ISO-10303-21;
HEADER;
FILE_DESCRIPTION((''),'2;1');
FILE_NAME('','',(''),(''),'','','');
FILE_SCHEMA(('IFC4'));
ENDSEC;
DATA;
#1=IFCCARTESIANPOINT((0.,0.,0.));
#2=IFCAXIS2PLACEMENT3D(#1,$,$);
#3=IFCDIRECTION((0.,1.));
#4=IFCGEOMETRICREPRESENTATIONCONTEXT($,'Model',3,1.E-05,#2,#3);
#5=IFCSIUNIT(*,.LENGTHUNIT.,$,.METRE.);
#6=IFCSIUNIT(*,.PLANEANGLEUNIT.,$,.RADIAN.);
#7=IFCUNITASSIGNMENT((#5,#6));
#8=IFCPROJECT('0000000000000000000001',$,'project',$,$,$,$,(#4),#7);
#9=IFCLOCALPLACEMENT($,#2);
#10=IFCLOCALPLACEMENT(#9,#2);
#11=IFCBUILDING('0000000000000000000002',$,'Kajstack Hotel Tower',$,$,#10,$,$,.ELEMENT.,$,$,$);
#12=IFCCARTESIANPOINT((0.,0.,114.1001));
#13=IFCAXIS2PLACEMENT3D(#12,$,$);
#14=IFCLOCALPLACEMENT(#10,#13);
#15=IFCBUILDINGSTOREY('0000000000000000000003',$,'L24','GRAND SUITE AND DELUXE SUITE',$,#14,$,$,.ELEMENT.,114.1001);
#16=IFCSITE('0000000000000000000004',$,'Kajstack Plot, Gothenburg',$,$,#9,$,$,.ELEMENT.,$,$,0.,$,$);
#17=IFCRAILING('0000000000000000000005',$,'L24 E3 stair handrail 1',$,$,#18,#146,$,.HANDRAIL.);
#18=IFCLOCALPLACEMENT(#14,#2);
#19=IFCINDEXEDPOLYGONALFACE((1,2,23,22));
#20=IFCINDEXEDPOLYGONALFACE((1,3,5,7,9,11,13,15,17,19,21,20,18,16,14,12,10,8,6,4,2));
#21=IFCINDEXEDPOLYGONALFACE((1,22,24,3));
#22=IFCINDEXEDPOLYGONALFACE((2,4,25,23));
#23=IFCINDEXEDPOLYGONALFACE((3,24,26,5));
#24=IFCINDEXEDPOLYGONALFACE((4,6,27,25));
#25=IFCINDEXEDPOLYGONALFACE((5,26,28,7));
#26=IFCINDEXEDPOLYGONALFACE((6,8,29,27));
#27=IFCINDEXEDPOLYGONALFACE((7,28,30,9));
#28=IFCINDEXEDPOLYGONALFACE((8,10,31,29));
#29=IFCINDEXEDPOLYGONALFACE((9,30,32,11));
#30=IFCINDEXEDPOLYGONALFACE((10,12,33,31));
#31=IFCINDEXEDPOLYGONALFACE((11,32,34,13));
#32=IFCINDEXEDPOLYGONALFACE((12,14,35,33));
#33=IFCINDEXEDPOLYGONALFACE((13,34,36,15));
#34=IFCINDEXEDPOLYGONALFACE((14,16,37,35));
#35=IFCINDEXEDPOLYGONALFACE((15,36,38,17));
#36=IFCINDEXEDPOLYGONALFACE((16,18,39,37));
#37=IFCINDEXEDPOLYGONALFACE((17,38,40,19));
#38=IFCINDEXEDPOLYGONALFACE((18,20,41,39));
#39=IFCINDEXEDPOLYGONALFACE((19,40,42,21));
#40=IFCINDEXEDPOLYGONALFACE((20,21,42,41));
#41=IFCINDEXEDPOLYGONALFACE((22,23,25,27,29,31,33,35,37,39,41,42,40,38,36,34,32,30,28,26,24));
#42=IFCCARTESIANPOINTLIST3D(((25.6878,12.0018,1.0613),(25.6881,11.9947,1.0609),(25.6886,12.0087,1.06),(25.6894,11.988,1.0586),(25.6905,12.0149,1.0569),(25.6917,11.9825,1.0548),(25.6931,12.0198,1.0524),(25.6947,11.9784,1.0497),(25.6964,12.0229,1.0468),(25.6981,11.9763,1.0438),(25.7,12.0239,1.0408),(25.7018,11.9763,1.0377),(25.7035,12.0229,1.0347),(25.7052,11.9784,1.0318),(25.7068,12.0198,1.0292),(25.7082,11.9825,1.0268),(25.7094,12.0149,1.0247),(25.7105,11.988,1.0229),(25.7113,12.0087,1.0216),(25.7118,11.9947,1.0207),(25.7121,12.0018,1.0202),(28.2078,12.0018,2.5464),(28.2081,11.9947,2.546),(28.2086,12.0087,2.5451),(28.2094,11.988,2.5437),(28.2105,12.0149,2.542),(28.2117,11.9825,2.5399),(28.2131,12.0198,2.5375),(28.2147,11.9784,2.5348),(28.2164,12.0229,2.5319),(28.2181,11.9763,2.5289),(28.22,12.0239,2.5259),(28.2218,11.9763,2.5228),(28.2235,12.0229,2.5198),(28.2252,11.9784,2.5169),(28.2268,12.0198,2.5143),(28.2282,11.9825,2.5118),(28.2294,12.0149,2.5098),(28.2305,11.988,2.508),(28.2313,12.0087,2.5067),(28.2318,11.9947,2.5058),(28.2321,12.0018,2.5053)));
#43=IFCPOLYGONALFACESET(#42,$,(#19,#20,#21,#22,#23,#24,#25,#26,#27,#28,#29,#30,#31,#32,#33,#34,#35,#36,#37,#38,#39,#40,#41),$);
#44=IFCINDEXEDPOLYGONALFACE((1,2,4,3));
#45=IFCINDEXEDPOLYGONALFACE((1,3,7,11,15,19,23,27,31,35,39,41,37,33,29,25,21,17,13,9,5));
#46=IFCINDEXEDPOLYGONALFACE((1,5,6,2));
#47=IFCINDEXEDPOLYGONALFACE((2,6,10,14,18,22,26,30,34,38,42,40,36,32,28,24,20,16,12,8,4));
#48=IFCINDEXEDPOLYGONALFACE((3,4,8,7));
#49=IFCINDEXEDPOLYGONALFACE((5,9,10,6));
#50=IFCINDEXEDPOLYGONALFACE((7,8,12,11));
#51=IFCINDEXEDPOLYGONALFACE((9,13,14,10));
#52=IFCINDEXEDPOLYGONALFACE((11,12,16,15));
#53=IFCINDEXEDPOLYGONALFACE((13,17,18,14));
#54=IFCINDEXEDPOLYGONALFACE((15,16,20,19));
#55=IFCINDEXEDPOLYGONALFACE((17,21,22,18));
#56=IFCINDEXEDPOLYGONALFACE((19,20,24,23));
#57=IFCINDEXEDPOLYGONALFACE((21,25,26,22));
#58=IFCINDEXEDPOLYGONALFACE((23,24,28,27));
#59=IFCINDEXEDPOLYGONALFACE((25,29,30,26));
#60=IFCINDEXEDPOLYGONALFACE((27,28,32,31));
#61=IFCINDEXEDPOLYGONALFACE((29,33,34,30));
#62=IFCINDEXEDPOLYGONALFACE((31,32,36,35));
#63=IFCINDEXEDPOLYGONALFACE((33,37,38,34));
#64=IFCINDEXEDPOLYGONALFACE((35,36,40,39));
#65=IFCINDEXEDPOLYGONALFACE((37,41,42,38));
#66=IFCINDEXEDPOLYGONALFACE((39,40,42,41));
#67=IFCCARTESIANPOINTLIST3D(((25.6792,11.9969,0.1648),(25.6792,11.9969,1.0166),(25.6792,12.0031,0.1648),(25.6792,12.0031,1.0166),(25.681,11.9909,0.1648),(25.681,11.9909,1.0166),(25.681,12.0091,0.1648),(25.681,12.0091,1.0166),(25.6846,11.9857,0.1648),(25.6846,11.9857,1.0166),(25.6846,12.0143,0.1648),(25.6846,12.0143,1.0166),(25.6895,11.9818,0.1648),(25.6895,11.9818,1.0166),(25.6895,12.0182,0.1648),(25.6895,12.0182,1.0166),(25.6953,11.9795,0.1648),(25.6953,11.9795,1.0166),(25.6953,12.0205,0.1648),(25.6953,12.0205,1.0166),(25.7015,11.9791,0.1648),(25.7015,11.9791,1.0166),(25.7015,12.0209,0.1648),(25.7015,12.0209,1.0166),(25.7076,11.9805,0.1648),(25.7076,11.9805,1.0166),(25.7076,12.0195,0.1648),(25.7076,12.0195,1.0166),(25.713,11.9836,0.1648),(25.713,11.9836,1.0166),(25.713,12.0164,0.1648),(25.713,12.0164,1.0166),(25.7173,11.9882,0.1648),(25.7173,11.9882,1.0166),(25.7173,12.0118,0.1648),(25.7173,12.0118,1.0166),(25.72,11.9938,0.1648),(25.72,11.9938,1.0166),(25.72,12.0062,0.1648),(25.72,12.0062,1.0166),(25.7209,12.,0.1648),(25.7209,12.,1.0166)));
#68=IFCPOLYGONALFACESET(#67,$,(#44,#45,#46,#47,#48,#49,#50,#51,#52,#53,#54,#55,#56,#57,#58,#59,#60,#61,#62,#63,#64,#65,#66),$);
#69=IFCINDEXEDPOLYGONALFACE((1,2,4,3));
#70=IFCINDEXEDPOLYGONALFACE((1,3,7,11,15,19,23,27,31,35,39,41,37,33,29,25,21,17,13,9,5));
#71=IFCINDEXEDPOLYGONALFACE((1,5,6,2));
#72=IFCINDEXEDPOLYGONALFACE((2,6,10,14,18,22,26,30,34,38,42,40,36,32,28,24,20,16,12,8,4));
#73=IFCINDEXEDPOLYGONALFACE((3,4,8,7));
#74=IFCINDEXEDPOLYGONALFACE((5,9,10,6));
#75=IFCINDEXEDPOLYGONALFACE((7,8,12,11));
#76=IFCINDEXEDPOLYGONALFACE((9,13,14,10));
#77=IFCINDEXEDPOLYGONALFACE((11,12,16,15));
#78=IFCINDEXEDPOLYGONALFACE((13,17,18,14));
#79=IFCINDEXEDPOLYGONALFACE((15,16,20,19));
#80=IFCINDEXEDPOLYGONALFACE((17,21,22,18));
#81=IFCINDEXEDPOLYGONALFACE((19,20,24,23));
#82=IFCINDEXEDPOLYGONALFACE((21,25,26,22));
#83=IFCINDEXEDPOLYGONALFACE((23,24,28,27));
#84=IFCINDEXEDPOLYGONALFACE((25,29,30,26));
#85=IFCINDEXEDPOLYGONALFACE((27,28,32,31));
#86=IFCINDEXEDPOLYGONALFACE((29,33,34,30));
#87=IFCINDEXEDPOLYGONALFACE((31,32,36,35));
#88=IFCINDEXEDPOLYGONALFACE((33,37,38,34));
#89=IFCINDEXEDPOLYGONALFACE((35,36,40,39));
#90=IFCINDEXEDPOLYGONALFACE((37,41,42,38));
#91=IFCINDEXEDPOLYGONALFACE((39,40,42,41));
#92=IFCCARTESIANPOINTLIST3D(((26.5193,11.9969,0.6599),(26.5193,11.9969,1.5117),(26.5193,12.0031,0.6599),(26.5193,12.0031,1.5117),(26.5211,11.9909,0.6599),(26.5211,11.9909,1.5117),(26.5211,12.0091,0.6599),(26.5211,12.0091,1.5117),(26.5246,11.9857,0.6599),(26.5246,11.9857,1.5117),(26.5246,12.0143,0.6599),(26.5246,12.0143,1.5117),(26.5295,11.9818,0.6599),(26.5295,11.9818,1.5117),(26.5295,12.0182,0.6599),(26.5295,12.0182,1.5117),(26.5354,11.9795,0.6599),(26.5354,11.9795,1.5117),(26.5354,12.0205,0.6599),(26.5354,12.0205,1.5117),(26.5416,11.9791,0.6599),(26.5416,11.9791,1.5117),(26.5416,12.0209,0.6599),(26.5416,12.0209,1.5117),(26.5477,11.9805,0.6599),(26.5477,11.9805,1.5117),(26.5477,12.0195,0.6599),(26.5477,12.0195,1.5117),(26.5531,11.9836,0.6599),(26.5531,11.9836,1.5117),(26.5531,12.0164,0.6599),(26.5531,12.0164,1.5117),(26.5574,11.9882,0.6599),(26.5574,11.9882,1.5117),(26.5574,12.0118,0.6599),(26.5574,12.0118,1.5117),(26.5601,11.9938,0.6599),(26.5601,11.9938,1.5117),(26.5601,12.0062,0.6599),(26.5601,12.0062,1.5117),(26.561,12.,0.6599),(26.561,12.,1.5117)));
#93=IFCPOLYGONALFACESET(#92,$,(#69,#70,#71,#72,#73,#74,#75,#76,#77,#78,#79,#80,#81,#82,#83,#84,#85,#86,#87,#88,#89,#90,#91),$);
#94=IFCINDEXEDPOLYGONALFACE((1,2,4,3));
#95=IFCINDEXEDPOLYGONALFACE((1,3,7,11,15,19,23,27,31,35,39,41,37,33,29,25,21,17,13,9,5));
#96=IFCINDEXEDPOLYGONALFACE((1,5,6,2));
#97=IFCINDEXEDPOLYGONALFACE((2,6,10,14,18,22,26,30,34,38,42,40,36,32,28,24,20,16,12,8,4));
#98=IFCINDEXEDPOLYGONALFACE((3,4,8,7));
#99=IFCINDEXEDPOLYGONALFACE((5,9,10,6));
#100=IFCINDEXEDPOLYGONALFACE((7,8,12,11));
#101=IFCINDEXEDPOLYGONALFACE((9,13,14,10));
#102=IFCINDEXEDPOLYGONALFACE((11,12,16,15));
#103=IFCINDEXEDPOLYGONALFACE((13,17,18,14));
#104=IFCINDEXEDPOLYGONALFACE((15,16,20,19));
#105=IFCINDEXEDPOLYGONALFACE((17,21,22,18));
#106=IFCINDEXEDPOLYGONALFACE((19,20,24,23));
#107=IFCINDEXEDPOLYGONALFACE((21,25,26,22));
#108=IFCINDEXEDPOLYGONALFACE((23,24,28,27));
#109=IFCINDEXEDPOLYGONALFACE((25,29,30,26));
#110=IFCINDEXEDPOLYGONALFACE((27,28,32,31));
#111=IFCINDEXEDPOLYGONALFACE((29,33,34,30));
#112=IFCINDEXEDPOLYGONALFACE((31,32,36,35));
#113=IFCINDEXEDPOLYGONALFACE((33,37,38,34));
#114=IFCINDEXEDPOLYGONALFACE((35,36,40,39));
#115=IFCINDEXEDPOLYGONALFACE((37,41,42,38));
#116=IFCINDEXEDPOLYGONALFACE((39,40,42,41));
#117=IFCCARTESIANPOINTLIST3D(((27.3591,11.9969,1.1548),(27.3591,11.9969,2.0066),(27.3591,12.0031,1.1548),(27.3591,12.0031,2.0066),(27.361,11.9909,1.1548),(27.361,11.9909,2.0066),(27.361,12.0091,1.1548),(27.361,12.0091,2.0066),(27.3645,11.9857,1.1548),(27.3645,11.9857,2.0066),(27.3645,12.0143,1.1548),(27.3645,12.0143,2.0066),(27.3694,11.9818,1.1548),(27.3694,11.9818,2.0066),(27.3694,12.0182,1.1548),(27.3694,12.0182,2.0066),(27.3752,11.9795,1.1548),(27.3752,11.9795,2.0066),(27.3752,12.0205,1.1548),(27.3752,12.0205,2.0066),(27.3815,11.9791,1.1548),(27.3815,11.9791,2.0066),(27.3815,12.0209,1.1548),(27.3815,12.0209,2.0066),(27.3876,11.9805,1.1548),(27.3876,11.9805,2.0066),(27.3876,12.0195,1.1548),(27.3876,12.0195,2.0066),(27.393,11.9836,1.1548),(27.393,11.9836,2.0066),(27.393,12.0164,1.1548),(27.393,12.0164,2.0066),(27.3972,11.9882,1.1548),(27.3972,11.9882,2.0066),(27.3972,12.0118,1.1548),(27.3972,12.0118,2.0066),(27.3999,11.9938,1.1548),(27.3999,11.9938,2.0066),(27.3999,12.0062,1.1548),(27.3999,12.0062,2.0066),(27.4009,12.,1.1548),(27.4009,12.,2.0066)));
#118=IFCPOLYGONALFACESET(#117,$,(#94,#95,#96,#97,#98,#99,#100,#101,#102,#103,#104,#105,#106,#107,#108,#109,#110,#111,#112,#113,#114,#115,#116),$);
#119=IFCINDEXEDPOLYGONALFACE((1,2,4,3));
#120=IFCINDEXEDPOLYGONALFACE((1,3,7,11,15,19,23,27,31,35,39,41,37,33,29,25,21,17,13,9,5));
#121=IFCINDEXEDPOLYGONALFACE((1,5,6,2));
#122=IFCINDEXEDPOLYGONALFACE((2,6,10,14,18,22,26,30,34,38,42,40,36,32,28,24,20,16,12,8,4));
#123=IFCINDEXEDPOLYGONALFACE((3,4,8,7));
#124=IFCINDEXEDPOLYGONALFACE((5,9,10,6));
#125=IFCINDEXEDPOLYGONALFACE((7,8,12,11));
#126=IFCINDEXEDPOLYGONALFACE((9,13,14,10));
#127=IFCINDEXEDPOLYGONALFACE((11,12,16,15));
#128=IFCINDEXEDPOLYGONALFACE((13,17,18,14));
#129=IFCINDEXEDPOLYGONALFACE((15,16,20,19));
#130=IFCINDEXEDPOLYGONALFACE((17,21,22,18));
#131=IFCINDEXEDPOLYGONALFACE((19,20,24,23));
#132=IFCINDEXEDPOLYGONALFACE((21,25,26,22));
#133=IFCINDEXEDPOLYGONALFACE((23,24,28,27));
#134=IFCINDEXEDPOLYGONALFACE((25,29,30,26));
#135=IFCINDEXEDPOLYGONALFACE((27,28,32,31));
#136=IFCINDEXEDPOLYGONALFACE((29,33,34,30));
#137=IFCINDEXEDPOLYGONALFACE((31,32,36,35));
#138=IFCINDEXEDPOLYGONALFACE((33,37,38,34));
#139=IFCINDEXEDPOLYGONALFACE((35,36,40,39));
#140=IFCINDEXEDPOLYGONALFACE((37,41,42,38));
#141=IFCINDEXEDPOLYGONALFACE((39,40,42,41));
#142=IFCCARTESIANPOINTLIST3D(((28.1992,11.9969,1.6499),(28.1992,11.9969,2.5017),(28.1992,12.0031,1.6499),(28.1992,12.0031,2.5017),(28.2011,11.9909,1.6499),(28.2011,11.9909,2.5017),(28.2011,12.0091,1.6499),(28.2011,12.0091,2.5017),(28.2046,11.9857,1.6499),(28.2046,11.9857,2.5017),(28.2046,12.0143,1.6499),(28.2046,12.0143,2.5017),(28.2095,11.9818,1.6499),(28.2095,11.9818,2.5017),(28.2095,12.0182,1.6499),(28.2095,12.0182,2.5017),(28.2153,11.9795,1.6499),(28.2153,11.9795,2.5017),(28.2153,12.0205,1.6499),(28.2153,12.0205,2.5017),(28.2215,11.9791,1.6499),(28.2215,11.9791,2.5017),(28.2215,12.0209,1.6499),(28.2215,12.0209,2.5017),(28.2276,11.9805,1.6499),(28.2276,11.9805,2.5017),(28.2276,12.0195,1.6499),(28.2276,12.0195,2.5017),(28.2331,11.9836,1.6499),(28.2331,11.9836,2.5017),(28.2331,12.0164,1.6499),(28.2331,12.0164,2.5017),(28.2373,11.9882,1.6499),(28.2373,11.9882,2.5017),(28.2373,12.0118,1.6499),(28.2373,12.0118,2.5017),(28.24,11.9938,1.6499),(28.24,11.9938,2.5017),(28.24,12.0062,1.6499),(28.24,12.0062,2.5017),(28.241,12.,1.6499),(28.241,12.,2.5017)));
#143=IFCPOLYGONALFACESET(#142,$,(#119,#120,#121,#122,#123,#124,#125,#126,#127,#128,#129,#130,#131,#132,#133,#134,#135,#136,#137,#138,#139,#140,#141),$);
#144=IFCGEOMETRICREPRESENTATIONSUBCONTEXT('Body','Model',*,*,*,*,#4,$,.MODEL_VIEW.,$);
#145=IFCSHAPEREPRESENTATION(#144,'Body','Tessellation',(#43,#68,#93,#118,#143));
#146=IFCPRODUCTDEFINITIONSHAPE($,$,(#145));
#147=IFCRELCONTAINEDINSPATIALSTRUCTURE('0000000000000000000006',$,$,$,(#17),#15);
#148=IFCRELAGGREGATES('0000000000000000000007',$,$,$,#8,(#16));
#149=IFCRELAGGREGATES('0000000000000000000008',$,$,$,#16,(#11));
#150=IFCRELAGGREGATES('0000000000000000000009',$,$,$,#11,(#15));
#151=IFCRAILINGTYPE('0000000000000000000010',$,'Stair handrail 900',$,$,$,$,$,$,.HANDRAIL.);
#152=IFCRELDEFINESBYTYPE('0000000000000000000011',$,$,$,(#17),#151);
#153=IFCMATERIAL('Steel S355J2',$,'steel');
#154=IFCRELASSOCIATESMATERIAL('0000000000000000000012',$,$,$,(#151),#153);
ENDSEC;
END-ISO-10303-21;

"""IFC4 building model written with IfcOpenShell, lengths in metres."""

from ifc_helpers import new_model, si_unit, direction, frame, origin, origin_2d, place, context, subcontext, project, spatial, circle, extrude, material, type_object, element, save


model = new_model("IFC4")

# Units and contexts
model_context = context("Model", 3, precision=1e-05, world=origin(), true_north=direction((0.0, 1.0)))
body_context = subcontext(model_context, "Body", "Model", "MODEL_VIEW")
ifc_project = project(units=[si_unit("LENGTHUNIT", "METRE"), si_unit("PLANEANGLEUNIT", "RADIAN")], contexts=[model_context])

# Site, building, storey
site_placement = place(None, origin())
site = spatial("IfcSite", under=ifc_project, at=site_placement, Name="Kajstack Plot, Gothenburg", CompositionType="ELEMENT", RefElevation=0.0)
building_placement = place(site_placement, origin())
building = spatial("IfcBuilding", under=site, at=building_placement, Name="Kajstack Hotel Tower", CompositionType="ELEMENT")
storey_placement = place(building_placement, frame((0.0, 0.0, 114.1001)))
storey = spatial("IfcBuildingStorey", under=building, at=storey_placement, Name="L24", Description="GRAND SUITE AND DELUXE SUITE", CompositionType="ELEMENT", Elevation=114.1001)

# Railing
ifc_material_1 = material(Name="Steel S355J2", Category="steel")
railing_type_1 = type_object("IfcRailingType", Name="Stair handrail 900", PredefinedType="HANDRAIL", material=ifc_material_1)
railing_1_placement = place(storey_placement, frame((25.7, 12.0, 0.1648)))
element("IfcRailing", 1, at=railing_1_placement, inside=storey, type_object=railing_type_1, Name="L24 E3 stair handrail 1", PredefinedType="HANDRAIL", context=body_context, shape_type="SweptSolid", body=[
    extrude(circle(Radius=0.0239, at=origin_2d()), frame((0.0, 0.0, 0.876), z_axis=(0.861524, 0.0, 0.507717), x_axis=(0.0, 1.0, 0.0)), (0.0, 0.0, 1.0), 2.925),
    extrude(circle(Radius=0.021, at=origin_2d()), origin(), (0.0, 0.0, 1.0), 0.8518),
    extrude(circle(Radius=0.021, at=origin_2d()), frame((0.8401, 0.0, 0.4951)), (0.0, 0.0, 1.0), 0.8518),
    extrude(circle(Radius=0.021, at=origin_2d()), frame((1.6799, 0.0, 0.99)), (0.0, 0.0, 1.0), 0.8518),
    extrude(circle(Radius=0.021, at=origin_2d()), frame((2.52, 0.0, 1.4851)), (0.0, 0.0, 1.0), 0.8518),
])

save(model, "model.ifc")
